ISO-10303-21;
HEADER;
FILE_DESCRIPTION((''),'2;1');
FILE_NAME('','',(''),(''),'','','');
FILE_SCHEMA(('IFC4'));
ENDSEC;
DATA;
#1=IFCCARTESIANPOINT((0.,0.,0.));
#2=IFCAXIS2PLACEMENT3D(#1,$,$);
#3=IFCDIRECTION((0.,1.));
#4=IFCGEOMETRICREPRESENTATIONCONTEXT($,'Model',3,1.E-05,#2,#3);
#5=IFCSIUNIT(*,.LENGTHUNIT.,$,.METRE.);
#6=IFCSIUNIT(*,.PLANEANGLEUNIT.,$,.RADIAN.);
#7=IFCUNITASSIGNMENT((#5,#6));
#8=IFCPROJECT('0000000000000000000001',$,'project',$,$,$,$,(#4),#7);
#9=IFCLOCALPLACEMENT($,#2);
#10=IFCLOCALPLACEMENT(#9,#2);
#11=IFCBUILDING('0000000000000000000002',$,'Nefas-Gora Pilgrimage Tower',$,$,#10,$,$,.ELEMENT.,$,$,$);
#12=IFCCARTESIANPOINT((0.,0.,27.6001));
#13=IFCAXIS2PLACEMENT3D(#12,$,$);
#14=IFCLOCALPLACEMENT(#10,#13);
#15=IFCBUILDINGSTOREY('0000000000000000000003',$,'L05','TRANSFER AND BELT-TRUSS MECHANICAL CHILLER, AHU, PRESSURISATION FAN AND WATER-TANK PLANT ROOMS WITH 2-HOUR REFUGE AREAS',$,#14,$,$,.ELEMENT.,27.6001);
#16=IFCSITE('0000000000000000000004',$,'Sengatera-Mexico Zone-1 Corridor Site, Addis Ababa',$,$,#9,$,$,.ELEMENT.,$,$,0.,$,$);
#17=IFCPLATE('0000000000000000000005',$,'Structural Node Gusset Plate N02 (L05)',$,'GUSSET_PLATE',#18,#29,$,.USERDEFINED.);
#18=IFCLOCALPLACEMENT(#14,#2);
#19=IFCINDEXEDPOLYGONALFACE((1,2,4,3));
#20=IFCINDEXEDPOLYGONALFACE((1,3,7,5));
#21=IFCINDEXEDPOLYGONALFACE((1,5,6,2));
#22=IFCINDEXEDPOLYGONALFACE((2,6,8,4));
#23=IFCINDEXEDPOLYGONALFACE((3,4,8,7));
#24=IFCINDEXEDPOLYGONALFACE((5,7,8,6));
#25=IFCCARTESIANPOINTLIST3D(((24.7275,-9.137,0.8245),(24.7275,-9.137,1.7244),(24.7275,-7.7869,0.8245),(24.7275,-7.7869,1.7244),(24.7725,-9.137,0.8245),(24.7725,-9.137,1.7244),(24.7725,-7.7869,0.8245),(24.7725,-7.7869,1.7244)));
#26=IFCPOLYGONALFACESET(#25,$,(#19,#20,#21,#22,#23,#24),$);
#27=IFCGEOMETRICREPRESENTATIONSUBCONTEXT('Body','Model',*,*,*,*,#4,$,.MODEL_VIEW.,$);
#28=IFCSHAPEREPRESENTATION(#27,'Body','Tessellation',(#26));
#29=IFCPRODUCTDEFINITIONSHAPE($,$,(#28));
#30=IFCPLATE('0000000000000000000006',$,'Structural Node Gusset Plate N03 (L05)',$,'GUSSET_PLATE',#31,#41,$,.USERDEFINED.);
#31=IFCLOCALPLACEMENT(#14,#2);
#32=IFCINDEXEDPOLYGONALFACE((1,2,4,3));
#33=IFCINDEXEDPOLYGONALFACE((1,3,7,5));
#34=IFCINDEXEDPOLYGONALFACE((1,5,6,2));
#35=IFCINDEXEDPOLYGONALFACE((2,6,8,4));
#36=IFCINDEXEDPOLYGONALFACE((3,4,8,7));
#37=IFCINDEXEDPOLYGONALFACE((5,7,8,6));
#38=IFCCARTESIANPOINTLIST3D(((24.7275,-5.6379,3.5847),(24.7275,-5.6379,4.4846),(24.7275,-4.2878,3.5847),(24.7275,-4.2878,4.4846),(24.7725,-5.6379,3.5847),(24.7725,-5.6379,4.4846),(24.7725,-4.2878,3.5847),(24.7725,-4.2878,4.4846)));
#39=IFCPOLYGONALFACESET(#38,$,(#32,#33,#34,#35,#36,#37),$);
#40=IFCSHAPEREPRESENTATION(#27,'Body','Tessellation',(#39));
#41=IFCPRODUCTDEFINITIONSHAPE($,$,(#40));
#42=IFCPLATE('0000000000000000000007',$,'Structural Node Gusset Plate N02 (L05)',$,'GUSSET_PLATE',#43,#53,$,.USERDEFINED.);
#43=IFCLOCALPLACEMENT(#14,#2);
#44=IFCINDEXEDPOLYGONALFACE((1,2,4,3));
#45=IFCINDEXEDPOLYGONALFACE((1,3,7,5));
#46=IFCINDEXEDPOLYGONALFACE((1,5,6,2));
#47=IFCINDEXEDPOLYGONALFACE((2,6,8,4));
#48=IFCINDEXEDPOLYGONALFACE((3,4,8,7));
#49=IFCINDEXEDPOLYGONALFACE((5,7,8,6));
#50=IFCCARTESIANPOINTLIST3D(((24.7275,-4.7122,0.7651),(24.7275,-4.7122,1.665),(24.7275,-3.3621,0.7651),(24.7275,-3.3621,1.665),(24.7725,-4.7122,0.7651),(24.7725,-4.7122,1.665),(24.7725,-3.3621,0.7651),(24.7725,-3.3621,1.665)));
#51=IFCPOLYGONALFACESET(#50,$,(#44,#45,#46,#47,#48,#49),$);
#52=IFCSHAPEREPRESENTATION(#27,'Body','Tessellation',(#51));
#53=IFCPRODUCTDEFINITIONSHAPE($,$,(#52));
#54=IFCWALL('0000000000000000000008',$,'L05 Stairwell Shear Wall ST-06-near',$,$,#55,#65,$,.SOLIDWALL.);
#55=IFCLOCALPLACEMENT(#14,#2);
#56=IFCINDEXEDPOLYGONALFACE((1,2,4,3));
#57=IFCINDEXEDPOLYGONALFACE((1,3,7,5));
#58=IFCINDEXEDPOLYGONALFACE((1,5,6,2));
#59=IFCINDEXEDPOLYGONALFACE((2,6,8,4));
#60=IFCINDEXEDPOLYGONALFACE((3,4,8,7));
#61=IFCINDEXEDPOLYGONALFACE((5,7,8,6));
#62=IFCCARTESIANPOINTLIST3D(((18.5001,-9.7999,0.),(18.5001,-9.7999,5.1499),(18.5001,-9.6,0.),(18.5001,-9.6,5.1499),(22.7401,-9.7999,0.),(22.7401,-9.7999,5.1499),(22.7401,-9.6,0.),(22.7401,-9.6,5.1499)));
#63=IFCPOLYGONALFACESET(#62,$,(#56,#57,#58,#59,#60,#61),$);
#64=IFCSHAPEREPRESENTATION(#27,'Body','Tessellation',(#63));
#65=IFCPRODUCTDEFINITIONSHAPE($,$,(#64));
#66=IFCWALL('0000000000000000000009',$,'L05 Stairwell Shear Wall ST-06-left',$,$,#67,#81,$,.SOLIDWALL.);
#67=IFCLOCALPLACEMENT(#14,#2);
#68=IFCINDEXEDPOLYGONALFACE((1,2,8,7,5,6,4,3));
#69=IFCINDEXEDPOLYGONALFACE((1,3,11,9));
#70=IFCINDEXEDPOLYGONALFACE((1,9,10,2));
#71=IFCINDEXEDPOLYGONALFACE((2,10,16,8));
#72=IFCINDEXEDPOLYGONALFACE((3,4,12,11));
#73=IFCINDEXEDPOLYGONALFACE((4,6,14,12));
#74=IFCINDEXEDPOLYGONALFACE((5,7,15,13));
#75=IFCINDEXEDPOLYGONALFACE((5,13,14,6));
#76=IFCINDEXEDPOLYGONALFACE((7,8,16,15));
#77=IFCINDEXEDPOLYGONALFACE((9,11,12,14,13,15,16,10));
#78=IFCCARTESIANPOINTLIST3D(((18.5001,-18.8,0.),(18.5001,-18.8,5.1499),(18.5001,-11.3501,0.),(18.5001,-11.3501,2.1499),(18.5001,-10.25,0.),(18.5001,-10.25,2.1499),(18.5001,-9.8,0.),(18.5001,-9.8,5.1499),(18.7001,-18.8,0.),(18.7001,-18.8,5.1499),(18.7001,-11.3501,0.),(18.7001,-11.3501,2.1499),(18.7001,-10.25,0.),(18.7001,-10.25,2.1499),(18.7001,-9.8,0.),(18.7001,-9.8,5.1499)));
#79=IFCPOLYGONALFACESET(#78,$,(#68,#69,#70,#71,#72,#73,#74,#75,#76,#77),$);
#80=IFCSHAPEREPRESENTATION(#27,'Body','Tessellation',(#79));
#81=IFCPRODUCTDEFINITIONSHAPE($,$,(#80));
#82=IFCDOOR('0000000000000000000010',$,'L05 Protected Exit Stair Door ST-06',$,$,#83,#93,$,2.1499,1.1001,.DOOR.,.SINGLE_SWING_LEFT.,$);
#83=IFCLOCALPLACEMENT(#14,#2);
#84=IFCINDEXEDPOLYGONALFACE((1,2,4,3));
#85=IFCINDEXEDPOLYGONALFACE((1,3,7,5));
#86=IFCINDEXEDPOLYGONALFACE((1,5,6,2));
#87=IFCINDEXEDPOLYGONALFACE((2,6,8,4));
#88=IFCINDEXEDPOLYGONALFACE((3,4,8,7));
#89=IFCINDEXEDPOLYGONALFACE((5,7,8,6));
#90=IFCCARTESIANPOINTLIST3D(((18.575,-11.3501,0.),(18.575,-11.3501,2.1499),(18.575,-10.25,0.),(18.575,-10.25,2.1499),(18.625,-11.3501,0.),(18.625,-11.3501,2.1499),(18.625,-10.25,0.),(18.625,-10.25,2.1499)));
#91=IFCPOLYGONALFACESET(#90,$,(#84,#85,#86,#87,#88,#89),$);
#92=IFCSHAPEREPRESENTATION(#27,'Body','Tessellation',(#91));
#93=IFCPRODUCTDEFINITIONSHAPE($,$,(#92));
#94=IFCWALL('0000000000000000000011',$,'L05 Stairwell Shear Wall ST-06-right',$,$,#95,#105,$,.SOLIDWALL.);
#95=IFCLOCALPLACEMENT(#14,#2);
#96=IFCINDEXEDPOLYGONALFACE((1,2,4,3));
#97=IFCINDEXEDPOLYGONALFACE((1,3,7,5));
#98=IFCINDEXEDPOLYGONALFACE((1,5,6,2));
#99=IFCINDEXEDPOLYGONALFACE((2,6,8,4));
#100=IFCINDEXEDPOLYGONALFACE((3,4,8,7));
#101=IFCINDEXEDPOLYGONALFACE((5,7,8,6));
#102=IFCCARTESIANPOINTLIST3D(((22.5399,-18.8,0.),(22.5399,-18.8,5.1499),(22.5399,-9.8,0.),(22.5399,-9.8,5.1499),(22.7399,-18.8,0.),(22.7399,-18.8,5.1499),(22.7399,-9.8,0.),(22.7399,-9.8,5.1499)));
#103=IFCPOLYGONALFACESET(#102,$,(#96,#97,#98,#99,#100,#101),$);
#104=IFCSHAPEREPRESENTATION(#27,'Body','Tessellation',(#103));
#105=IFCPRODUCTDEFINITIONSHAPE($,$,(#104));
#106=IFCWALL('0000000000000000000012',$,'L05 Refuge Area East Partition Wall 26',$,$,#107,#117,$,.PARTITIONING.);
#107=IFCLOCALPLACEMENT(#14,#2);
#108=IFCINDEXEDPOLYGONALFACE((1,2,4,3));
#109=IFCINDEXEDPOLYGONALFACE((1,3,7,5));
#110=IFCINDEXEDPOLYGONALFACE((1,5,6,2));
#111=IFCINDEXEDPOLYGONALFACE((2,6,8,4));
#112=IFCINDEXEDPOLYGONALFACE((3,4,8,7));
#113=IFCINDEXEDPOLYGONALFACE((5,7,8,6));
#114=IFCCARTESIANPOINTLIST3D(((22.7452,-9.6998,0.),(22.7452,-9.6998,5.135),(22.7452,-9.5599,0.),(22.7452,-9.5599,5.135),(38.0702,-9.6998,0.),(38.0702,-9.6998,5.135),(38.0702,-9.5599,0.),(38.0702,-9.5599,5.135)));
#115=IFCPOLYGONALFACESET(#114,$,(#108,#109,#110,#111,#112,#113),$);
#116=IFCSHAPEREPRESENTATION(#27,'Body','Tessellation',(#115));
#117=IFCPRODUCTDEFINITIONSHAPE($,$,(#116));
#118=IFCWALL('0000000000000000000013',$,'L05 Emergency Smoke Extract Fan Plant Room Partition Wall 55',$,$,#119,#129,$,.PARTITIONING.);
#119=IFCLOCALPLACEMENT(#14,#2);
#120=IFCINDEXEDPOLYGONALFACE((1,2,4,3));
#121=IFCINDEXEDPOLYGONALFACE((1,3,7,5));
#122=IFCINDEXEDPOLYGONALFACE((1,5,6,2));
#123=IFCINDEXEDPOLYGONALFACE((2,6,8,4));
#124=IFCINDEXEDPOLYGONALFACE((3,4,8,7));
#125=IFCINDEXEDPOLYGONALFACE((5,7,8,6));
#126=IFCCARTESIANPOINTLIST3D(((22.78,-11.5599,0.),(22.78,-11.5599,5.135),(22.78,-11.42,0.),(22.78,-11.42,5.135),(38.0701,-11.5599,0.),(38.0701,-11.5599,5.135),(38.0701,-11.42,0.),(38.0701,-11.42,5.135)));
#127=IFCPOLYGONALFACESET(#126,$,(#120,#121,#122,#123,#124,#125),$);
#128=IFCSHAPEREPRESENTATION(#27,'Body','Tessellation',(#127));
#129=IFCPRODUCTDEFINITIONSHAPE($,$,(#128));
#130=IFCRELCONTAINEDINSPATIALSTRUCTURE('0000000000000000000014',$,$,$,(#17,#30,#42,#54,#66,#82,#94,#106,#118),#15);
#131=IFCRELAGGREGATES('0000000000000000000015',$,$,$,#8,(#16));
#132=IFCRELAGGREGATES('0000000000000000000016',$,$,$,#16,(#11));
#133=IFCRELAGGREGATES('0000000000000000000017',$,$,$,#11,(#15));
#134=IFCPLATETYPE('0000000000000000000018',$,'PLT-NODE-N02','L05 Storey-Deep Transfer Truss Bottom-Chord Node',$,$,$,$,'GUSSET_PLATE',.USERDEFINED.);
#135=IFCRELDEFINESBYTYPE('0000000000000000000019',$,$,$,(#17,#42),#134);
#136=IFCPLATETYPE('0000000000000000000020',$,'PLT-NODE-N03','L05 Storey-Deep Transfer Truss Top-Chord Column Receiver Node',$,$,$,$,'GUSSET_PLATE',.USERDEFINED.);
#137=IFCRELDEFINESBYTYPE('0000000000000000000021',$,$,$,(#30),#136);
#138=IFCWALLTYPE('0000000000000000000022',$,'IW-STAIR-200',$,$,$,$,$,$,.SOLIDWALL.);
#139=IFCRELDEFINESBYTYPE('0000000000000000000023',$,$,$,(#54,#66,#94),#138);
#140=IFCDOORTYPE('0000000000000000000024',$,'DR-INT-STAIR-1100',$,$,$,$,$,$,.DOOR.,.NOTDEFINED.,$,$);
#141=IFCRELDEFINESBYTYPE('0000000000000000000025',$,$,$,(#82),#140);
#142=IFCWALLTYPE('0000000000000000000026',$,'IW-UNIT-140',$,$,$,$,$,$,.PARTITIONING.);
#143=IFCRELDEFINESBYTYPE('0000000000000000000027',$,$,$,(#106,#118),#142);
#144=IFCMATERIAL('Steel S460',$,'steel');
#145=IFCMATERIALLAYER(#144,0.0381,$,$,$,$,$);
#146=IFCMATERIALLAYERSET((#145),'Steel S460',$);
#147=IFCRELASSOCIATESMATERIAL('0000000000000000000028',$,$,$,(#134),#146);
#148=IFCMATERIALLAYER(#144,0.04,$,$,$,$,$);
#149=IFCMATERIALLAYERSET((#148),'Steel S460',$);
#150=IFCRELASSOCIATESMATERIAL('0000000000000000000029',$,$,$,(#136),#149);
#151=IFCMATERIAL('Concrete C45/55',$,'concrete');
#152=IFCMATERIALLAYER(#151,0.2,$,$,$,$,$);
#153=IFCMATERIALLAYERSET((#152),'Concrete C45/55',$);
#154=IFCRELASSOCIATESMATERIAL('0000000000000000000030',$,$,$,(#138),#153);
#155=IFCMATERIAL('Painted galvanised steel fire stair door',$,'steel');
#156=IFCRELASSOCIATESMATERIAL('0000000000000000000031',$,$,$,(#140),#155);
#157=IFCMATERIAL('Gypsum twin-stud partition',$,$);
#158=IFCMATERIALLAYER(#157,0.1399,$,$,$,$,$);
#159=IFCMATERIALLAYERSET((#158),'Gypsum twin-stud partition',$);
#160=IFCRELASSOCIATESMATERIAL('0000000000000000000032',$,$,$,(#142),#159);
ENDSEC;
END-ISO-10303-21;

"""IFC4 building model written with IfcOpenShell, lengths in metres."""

from ifc_helpers import new_model, si_unit, direction, frame, frame_2d, origin, origin_2d, place, context, subcontext, project, spatial, rectangle, extrude, source, transform, mapped, material, layer, layer_set, type_object, element, fill, save


model = new_model("IFC4")

# Units and contexts
model_context = context("Model", 3, precision=1e-05, world=origin(), true_north=direction((0.0, 1.0)))
body_context = subcontext(model_context, "Body", "Model", "MODEL_VIEW")
ifc_project = project(units=[si_unit("LENGTHUNIT", "METRE"), si_unit("PLANEANGLEUNIT", "RADIAN")], contexts=[model_context])

# Site, building, storey
site_placement = place(None, origin())
site = spatial("IfcSite", under=ifc_project, at=site_placement, Name="Sengatera-Mexico Zone-1 Corridor Site, Addis Ababa", CompositionType="ELEMENT", RefElevation=0.0)
building_placement = place(site_placement, origin())
building = spatial("IfcBuilding", under=site, at=building_placement, Name="Nefas-Gora Pilgrimage Tower", CompositionType="ELEMENT")
storey_placement = place(building_placement, frame((0.0, 0.0, 27.6001)))
storey = spatial("IfcBuildingStorey", under=building, at=storey_placement, Name="L05", Description="TRANSFER AND BELT-TRUSS MECHANICAL CHILLER, AHU, PRESSURISATION FAN AND WATER-TANK PLANT ROOMS WITH 2-HOUR REFUGE AREAS", CompositionType="ELEMENT", Elevation=27.6001)

# Shared definitions
ifc_material_1 = material(Name="Steel S460", Category="steel")

# Plates
ifc_layer_1 = layer(ifc_material_1, 0.0381)
ifc_layer_set_1 = layer_set([ifc_layer_1], Name="Steel S460")
plate_type_1 = type_object("IfcPlateType", Name="PLT-NODE-N02", Description="L05 Storey-Deep Transfer Truss Bottom-Chord Node", ElementType="GUSSET_PLATE", PredefinedType="USERDEFINED", material=ifc_layer_set_1)
shared_shape_1 = source(origin(), body_context, "Body", "SweptSolid", [
    extrude(rectangle(XDim=1.3501, YDim=0.0449, at=origin_2d()), origin(), (0.0, 0.0, 1.0), 0.8999),
])
ifc_layer_2 = layer(ifc_material_1, 0.04)
ifc_layer_set_2 = layer_set([ifc_layer_2], Name="Steel S460")
plate_type_2 = type_object("IfcPlateType", Name="PLT-NODE-N03", Description="L05 Storey-Deep Transfer Truss Top-Chord Column Receiver Node", ElementType="GUSSET_PLATE", PredefinedType="USERDEFINED", material=ifc_layer_set_2)
plate_1_placement = place(storey_placement, frame((24.75, -8.4619, 0.8245), z_axis=(0.0, 0.0, 1.0), x_axis=(0.0, 1.0, 0.0)))
element("IfcPlate", 1, at=plate_1_placement, inside=storey, type_object=plate_type_1, Name="Structural Node Gusset Plate N02 (L05)", ObjectType="GUSSET_PLATE", PredefinedType="USERDEFINED", context=body_context, shape_type="MappedRepresentation", body=[
    mapped(shared_shape_1, transform((0.0, 0.0, 0.0), x_axis=(1.0, 0.0, 0.0), y_axis=(0.0, 1.0, 0.0), z_axis=(0.0, 0.0, 1.0), scale=1.0)),
])
plate_2_placement = place(storey_placement, frame((24.75, -4.9629, 3.5847), z_axis=(0.0, 0.0, 1.0), x_axis=(0.0, 1.0, 0.0)))
element("IfcPlate", 2, at=plate_2_placement, inside=storey, type_object=plate_type_2, Name="Structural Node Gusset Plate N03 (L05)", ObjectType="GUSSET_PLATE", PredefinedType="USERDEFINED", context=body_context, shape_type="MappedRepresentation", body=[
    mapped(shared_shape_1, transform((0.0, 0.0, 0.0), x_axis=(1.0, 0.0, 0.0), y_axis=(0.0, 1.0, 0.0), z_axis=(0.0, 0.0, 1.0), scale=1.0)),
])
plate_3_placement = place(storey_placement, frame((24.75, -4.0371, 0.7651), z_axis=(0.0, 0.0, 1.0), x_axis=(0.0, 1.0, 0.0)))
element("IfcPlate", 3, at=plate_3_placement, inside=storey, type_object=plate_type_1, Name="Structural Node Gusset Plate N02 (L05)", ObjectType="GUSSET_PLATE", PredefinedType="USERDEFINED", context=body_context, shape_type="MappedRepresentation", body=[
    mapped(shared_shape_1, transform((0.0, 0.0, 0.0), x_axis=(1.0, 0.0, 0.0), y_axis=(0.0, 1.0, 0.0), z_axis=(0.0, 0.0, 1.0), scale=1.0)),
])

# Wall
ifc_material_2 = material(Name="Concrete C45/55", Category="concrete")
ifc_layer_3 = layer(ifc_material_2, 0.2)
ifc_layer_set_3 = layer_set([ifc_layer_3], Name="Concrete C45/55")
wall_type_1 = type_object("IfcWallType", Name="IW-STAIR-200", PredefinedType="SOLIDWALL", material=ifc_layer_set_3)
shared_shape_2 = source(origin(), body_context, "Body", "SweptSolid", [
    extrude(rectangle(XDim=4.24, YDim=0.2, at=frame_2d((2.1201, 0.0))), origin(), (0.0, 0.0, 1.0), 5.1499),
])
wall_1_placement = place(storey_placement, frame((18.5, -9.7, 0.0), z_axis=(0.0, 0.0, 1.0), x_axis=(1.0, 0.0, 0.0)))
element("IfcWall", 4, at=wall_1_placement, inside=storey, type_object=wall_type_1, Name="L05 Stairwell Shear Wall ST-06-near", PredefinedType="SOLIDWALL", context=body_context, shape_type="MappedRepresentation", body=[
    mapped(shared_shape_2, transform((0.0, 0.0, 0.0), x_axis=(1.0, 0.0, 0.0), y_axis=(0.0, 1.0, 0.0), z_axis=(0.0, 0.0, 1.0), scale=1.0)),
])

# Wall, opening, door
shared_shape_3 = source(origin(), body_context, "Body", "SweptSolid", [
    extrude(rectangle(XDim=9.0, YDim=0.2, at=frame_2d((4.5, 0.0))), origin(), (0.0, 0.0, 1.0), 5.1499),
])
wall_2_placement = place(storey_placement, frame((18.6001, -9.8, 0.0), z_axis=(0.0, 0.0, 1.0), x_axis=(0.0, -1.0, 0.0)))
wall_2 = element("IfcWall", 5, at=wall_2_placement, inside=storey, type_object=wall_type_1, Name="L05 Stairwell Shear Wall ST-06-left", PredefinedType="SOLIDWALL", context=body_context, shape_type="MappedRepresentation", body=[
    mapped(shared_shape_3, transform((0.0, 0.0, 0.0), x_axis=(1.0, 0.0, 0.0), y_axis=(0.0, 1.0, 0.0), z_axis=(0.0, 0.0, 1.0), scale=1.0)),
])
opening_placement = place(wall_2_placement, frame((0.45, 0.0, 0.0)))
opening = element("IfcOpeningElement", 6, at=opening_placement, cuts=wall_2, PredefinedType="OPENING", context=body_context, shape_type="SweptSolid", body=[
    extrude(rectangle(XDim=1.1001, YDim=2.1499, at=frame_2d((0.55, 1.075))), frame((0.0, 0.1099, 0.0), z_axis=(0.0, -1.0, 0.0), x_axis=(1.0, 0.0, 0.0)), (0.0, 0.0, 1.0), 0.22),
])
ifc_material_3 = material(Name="Painted galvanised steel fire stair door", Category="steel")
door_type = type_object("IfcDoorType", Name="DR-INT-STAIR-1100", OperationType="NOTDEFINED", PredefinedType="DOOR", material=ifc_material_3)
shared_shape_4 = source(origin(), body_context, "Body", "SweptSolid", [
    extrude(rectangle(XDim=1.1001, YDim=2.1499, at=frame_2d((0.55, 1.075))), frame((0.0, 0.0249, 0.0), z_axis=(0.0, -1.0, 0.0), x_axis=(1.0, 0.0, 0.0)), (0.0, 0.0, 1.0), 0.05),
])
door_placement = place(opening_placement, origin())
door = element("IfcDoor", 7, at=door_placement, inside=storey, type_object=door_type, Name="L05 Protected Exit Stair Door ST-06", OperationType="SINGLE_SWING_LEFT", OverallHeight=2.1499, OverallWidth=1.1001, PredefinedType="DOOR", context=body_context, shape_type="MappedRepresentation", body=[
    mapped(shared_shape_4, transform((0.0, 0.0, 0.0), x_axis=(1.0, 0.0, 0.0), y_axis=(0.0, 1.0, 0.0), z_axis=(0.0, 0.0, 1.0), scale=1.0)),
])
fill(opening, door)

# Walls
wall_3_placement = place(storey_placement, frame((22.6399, -9.8, 0.0), z_axis=(0.0, 0.0, 1.0), x_axis=(0.0, -1.0, 0.0)))
element("IfcWall", 8, at=wall_3_placement, inside=storey, type_object=wall_type_1, Name="L05 Stairwell Shear Wall ST-06-right", PredefinedType="SOLIDWALL", context=body_context, shape_type="MappedRepresentation", body=[
    mapped(shared_shape_3, transform((0.0, 0.0, 0.0), x_axis=(1.0, 0.0, 0.0), y_axis=(0.0, 1.0, 0.0), z_axis=(0.0, 0.0, 1.0), scale=1.0)),
])
ifc_material_4 = material(Name="Gypsum twin-stud partition")
ifc_layer_4 = layer(ifc_material_4, 0.1399)
ifc_layer_set_4 = layer_set([ifc_layer_4], Name="Gypsum twin-stud partition")
wall_type_2 = type_object("IfcWallType", Name="IW-UNIT-140", PredefinedType="PARTITIONING", material=ifc_layer_set_4)
shared_shape_5 = source(origin(), body_context, "Body", "SweptSolid", [
    extrude(rectangle(XDim=15.325, YDim=0.1399, at=frame_2d((7.6626, 0.0))), origin(), (0.0, 0.0, 1.0), 5.135),
])
wall_4_placement = place(storey_placement, frame((22.7451, -9.6299, 0.0), z_axis=(0.0, 0.0, 1.0), x_axis=(1.0, 0.0, 0.0)))
element("IfcWall", 9, at=wall_4_placement, inside=storey, type_object=wall_type_2, Name="L05 Refuge Area East Partition Wall 26", PredefinedType="PARTITIONING", context=body_context, shape_type="MappedRepresentation", body=[
    mapped(shared_shape_5, transform((0.0, 0.0, 0.0), x_axis=(1.0, 0.0, 0.0), y_axis=(0.0, 1.0, 0.0), z_axis=(0.0, 0.0, 1.0), scale=1.0)),
])
shared_shape_6 = source(origin(), body_context, "Body", "SweptSolid", [
    extrude(rectangle(XDim=15.29, YDim=0.1399, at=frame_2d((7.645, 0.0))), origin(), (0.0, 0.0, 1.0), 5.135),
])
wall_5_placement = place(storey_placement, frame((22.78, -11.49, 0.0), z_axis=(0.0, 0.0, 1.0), x_axis=(1.0, 0.0, 0.0)))
element("IfcWall", 10, at=wall_5_placement, inside=storey, type_object=wall_type_2, Name="L05 Emergency Smoke Extract Fan Plant Room Partition Wall 55", PredefinedType="PARTITIONING", context=body_context, shape_type="MappedRepresentation", body=[
    mapped(shared_shape_6, transform((0.0, 0.0, 0.0), x_axis=(1.0, 0.0, 0.0), y_axis=(0.0, 1.0, 0.0), z_axis=(0.0, 0.0, 1.0), scale=1.0)),
])

save(model, "model.ifc")
